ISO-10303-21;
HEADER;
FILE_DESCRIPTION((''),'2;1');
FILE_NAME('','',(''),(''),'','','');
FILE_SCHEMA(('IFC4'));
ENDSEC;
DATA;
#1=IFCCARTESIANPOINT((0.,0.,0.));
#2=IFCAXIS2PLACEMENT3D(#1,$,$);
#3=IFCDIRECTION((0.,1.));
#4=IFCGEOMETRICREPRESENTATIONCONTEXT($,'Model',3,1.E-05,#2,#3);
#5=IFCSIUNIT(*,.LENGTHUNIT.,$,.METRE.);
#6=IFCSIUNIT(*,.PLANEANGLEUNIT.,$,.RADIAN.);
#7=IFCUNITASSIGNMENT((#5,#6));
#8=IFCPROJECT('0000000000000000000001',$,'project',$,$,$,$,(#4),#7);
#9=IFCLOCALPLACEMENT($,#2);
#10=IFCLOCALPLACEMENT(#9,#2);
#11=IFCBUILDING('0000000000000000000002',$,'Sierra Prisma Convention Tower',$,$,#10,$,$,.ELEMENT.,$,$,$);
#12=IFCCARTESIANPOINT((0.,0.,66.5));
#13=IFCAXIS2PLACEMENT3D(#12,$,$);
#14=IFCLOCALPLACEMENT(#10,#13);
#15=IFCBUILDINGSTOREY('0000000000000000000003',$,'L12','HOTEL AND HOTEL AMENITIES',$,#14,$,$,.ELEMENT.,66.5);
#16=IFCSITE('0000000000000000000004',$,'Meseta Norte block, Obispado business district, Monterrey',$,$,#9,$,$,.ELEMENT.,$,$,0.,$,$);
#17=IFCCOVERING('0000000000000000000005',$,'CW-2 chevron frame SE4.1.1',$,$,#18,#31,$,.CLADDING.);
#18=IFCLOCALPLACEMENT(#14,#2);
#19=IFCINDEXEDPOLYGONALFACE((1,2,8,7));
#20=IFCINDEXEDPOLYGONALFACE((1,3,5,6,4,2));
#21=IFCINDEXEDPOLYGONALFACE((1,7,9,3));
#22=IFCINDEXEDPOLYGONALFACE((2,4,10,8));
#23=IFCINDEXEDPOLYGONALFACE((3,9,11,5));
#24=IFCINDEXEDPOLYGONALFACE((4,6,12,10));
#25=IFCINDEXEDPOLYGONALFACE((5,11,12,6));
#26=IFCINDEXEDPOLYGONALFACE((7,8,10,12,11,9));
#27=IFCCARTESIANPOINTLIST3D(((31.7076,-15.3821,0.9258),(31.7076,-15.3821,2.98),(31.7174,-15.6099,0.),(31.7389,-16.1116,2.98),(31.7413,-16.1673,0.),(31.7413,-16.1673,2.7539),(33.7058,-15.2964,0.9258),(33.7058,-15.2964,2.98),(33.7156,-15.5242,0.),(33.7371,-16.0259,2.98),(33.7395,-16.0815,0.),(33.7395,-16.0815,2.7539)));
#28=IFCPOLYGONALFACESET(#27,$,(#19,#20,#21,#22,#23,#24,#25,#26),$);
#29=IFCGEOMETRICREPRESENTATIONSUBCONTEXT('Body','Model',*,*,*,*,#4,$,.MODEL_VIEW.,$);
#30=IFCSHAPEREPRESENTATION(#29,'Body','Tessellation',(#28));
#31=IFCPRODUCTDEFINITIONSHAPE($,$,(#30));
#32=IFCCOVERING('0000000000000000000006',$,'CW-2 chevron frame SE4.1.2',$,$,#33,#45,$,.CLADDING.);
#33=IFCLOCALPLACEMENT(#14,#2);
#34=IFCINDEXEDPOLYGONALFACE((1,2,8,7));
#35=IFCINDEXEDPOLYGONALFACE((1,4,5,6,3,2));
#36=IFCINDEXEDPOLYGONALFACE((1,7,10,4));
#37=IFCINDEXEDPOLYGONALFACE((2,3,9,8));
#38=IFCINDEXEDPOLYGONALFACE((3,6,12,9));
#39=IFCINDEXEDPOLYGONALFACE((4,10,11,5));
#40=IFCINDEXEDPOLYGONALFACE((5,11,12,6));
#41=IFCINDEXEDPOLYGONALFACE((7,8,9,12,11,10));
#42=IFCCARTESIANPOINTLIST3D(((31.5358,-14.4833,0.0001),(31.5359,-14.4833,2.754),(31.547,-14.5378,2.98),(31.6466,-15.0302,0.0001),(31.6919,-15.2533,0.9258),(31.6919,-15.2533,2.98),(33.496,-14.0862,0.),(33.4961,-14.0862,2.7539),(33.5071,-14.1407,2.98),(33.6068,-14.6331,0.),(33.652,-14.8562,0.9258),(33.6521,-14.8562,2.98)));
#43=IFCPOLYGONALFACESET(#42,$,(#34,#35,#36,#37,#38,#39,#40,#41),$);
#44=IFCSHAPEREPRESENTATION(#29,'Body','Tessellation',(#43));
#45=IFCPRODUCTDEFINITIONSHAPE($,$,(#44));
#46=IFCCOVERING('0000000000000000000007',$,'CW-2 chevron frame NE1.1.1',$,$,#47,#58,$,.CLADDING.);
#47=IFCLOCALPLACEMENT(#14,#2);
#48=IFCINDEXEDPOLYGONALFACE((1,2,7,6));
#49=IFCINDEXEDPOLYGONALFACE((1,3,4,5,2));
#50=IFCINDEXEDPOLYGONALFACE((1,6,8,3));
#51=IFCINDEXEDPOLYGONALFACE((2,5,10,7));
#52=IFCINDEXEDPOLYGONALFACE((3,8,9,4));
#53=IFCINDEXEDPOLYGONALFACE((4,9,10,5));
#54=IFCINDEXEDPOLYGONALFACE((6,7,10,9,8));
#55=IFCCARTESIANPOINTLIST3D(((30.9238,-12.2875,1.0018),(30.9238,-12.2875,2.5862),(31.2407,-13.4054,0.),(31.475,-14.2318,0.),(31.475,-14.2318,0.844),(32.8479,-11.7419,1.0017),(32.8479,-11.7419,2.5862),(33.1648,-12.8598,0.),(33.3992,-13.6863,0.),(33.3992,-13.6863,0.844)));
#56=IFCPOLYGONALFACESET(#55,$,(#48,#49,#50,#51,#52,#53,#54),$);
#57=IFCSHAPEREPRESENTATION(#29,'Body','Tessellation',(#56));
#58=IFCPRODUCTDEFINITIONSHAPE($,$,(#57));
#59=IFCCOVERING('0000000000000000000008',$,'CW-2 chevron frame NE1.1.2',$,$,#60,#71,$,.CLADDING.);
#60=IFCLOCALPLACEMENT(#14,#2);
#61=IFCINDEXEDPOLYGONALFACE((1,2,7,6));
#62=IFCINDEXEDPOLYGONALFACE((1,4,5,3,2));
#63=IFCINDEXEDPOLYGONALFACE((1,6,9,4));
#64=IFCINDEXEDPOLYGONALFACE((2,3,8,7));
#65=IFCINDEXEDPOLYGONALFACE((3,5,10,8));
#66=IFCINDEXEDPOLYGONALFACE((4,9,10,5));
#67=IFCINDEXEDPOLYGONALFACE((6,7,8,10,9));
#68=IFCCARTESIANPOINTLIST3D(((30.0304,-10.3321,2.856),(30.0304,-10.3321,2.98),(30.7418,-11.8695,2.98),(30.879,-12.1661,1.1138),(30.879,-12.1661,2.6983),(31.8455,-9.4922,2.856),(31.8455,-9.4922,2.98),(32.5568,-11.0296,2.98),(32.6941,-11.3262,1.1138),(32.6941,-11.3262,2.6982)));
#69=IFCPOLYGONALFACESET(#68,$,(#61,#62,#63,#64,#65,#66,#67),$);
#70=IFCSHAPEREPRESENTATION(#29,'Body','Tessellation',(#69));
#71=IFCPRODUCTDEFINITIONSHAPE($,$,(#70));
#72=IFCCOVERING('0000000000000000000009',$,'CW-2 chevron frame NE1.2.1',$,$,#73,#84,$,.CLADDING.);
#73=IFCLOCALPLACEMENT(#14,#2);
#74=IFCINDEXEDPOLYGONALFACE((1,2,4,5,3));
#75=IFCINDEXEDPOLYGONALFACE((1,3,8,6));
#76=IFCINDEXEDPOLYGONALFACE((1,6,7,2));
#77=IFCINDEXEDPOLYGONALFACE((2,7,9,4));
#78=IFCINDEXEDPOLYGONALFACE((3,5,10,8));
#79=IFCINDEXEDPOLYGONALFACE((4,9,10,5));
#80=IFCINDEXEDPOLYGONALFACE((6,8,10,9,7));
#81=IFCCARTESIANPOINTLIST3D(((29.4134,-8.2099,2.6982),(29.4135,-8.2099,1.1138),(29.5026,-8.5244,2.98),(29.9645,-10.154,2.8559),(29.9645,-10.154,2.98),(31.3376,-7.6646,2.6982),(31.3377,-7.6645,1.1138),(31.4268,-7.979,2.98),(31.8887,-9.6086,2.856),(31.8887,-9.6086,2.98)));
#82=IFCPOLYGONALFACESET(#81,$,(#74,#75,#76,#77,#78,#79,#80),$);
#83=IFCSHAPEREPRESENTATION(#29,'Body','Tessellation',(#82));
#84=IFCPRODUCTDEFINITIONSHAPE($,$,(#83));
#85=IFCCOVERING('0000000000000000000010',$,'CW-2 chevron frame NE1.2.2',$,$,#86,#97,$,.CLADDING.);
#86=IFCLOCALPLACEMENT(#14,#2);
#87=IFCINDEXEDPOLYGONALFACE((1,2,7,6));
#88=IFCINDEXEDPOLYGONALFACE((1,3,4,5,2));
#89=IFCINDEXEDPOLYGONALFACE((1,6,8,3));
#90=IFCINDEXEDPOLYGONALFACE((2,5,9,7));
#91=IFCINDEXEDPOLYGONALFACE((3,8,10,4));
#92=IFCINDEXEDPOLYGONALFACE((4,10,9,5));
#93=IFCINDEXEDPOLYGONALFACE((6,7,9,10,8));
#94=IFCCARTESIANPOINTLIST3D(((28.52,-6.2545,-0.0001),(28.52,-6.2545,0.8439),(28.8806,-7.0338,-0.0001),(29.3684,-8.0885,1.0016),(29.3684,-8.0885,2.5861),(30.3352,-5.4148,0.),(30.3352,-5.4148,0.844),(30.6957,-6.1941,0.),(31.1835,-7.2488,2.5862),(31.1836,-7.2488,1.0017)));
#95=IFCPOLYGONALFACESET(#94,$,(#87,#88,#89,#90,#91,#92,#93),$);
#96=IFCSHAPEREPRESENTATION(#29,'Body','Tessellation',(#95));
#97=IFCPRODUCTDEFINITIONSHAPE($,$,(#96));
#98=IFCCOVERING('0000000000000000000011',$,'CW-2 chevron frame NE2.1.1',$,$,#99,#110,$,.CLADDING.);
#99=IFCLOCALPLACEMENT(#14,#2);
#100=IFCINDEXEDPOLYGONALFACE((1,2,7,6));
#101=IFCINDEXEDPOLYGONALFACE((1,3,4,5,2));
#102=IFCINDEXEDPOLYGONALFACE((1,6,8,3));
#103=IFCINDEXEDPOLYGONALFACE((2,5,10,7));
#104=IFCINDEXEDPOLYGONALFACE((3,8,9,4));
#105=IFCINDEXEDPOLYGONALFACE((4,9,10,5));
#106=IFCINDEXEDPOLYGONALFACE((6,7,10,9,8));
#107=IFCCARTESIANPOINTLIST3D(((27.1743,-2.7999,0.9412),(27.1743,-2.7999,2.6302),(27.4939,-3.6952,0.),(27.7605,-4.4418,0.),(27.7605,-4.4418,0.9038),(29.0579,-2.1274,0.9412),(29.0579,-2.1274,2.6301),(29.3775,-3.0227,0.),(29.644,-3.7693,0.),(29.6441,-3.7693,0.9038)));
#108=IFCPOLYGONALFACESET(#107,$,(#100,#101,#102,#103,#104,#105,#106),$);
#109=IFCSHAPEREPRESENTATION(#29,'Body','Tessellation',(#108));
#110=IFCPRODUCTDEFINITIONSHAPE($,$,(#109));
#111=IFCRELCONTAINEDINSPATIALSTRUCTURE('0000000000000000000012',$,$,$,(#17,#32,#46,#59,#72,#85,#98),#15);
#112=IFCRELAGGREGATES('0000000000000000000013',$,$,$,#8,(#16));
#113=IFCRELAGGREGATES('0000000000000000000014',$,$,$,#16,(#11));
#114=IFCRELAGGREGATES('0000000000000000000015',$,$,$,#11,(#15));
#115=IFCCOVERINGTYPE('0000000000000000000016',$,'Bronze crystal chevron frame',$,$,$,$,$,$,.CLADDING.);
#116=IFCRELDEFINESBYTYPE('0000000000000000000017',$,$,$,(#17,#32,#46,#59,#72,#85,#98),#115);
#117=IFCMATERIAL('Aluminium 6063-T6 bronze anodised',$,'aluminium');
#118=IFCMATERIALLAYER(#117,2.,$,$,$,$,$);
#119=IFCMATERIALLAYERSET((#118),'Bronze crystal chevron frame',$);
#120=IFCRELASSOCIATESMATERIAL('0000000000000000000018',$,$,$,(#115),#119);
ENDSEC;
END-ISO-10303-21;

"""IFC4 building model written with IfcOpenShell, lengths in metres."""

from ifc_helpers import new_model, si_unit, direction, frame, origin, place, context, subcontext, project, spatial, polyline, outline, extrude, material, layer, layer_set, type_object, element, save


model = new_model("IFC4")

# Units and contexts
model_context = context("Model", 3, precision=1e-05, world=origin(), true_north=direction((0.0, 1.0)))
body_context = subcontext(model_context, "Body", "Model", "MODEL_VIEW")
ifc_project = project(units=[si_unit("LENGTHUNIT", "METRE"), si_unit("PLANEANGLEUNIT", "RADIAN")], contexts=[model_context])

# Site, building, storey
site_placement = place(None, origin())
site = spatial("IfcSite", under=ifc_project, at=site_placement, Name="Meseta Norte block, Obispado business district, Monterrey", CompositionType="ELEMENT", RefElevation=0.0)
building_placement = place(site_placement, origin())
building = spatial("IfcBuilding", under=site, at=building_placement, Name="Sierra Prisma Convention Tower", CompositionType="ELEMENT")
storey_placement = place(building_placement, frame((0.0, 0.0, 66.5)))
storey = spatial("IfcBuildingStorey", under=building, at=storey_placement, Name="L12", Description="HOTEL AND HOTEL AMENITIES", CompositionType="ELEMENT", Elevation=66.5)

# Coverings
ifc_material_1 = material(Name="Aluminium 6063-T6 bronze anodised", Category="aluminium")
ifc_layer_1 = layer(ifc_material_1, 2.0)
ifc_layer_set_1 = layer_set([ifc_layer_1], Name="Bronze crystal chevron frame")
covering_type = type_object("IfcCoveringType", Name="Bronze crystal chevron frame", PredefinedType="CLADDING", material=ifc_layer_set_1)
covering_1_placement = place(storey_placement, frame((33.7395, -16.0815, 0.0), z_axis=(0.999081, 0.04287, 0.000008), x_axis=(-0.04287, 0.999081, 0.0)))
element("IfcCovering", 1, at=covering_1_placement, inside=storey, type_object=covering_type, Name="CW-2 chevron frame SE4.1.1", PredefinedType="CLADDING", context=body_context, shape_type="SweptSolid", body=[
    extrude(outline(polyline([(0.0, 0.0), (0.5579, 0.0), (0.7859, 0.9258), (0.7859, 2.98), (0.0557, 2.98), (0.0, 2.7539), (0.0, 0.0)])), origin(), (0.0, 0.0, -1.0), 2.0),
])
covering_2_placement = place(storey_placement, frame((33.6521, -14.8562, 2.98), z_axis=(0.980088, 0.198564, -0.000027), x_axis=(-0.000027, -0.000005, -1.0)))
element("IfcCovering", 2, at=covering_2_placement, inside=storey, type_object=covering_type, Name="CW-2 chevron frame SE4.1.2", PredefinedType="CLADDING", context=body_context, shape_type="SweptSolid", body=[
    extrude(outline(polyline([(0.0, 0.0), (2.0542, 0.0), (2.98, 0.2277), (2.98, 0.7857), (0.2261, 0.7857), (0.0, 0.7301), (0.0, 0.0)])), origin(), (0.0, 0.0, -1.0), 2.0),
])
covering_3_placement = place(storey_placement, frame((33.3992, -13.6863, 0.0), z_axis=(0.962075, 0.272784, -0.000022), x_axis=(-0.272784, 0.962075, 0.0)))
element("IfcCovering", 3, at=covering_3_placement, inside=storey, type_object=covering_type, Name="CW-2 chevron frame NE1.1.1", PredefinedType="CLADDING", context=body_context, shape_type="SweptSolid", body=[
    extrude(outline(polyline([(0.0, 0.0), (0.859, 0.0), (2.021, 1.0017), (2.021, 2.5862), (0.0, 0.844), (0.0, 0.0)])), origin(), (0.0, 0.0, -1.0), 2.0),
])
covering_4_placement = place(storey_placement, frame((32.6941, -11.3262, 2.6982), z_axis=(0.907547, 0.41995, -0.000024), x_axis=(-0.000022, -0.00001, -1.0)))
element("IfcCovering", 4, at=covering_4_placement, inside=storey, type_object=covering_type, Name="CW-2 chevron frame NE1.1.2", PredefinedType="CLADDING", context=body_context, shape_type="SweptSolid", body=[
    extrude(outline(polyline([(0.0, 0.0), (1.5845, 0.0), (-0.1577, 2.0208), (-0.2817, 2.0208), (-0.2817, 0.3268), (0.0, 0.0)])), origin(), (0.0, 0.0, -1.0), 2.0),
])
covering_5_placement = place(storey_placement, frame((31.8887, -9.6086, 2.98), z_axis=(0.962101, 0.272695, 0.000008), x_axis=(0.000008, 0.000002, -1.0)))
element("IfcCovering", 5, at=covering_5_placement, inside=storey, type_object=covering_type, Name="CW-2 chevron frame NE1.2.1", PredefinedType="CLADDING", context=body_context, shape_type="SweptSolid", body=[
    extrude(outline(polyline([(0.0, 0.0), (0.124, 0.0), (1.8662, 2.0207), (0.2817, 2.0207), (0.0, 1.6938), (0.0, 0.0)])), origin(), (0.0, 0.0, -1.0), 2.0),
])
covering_6_placement = place(storey_placement, frame((30.3352, -5.4148, 0.0), z_axis=(0.907588, 0.419861, 0.000031), x_axis=(-0.000028, -0.000013, 1.0)))
element("IfcCovering", 6, at=covering_6_placement, inside=storey, type_object=covering_type, Name="CW-2 chevron frame NE1.2.2", PredefinedType="CLADDING", context=body_context, shape_type="SweptSolid", body=[
    extrude(outline(polyline([(0.0, 0.0), (0.844, 0.0), (2.5862, 2.0207), (1.0017, 2.0207), (0.0, 0.8587), (0.0, 0.0)])), origin(), (0.0, 0.0, -1.0), 2.0),
])
covering_7_placement = place(storey_placement, frame((29.644, -3.7693, 0.0), z_axis=(0.941774, 0.336247, -0.000016), x_axis=(-0.336247, 0.941774, 0.0)))
element("IfcCovering", 7, at=covering_7_placement, inside=storey, type_object=covering_type, Name="CW-2 chevron frame NE2.1.1", PredefinedType="CLADDING", context=body_context, shape_type="SweptSolid", body=[
    extrude(outline(polyline([(0.0, 0.0), (0.7928, 0.0), (1.7433, 0.9412), (1.7433, 2.6301), (0.0, 0.9038), (0.0, 0.0)])), origin(), (0.0, 0.0, -1.0), 2.0),
])

save(model, "model.ifc")
